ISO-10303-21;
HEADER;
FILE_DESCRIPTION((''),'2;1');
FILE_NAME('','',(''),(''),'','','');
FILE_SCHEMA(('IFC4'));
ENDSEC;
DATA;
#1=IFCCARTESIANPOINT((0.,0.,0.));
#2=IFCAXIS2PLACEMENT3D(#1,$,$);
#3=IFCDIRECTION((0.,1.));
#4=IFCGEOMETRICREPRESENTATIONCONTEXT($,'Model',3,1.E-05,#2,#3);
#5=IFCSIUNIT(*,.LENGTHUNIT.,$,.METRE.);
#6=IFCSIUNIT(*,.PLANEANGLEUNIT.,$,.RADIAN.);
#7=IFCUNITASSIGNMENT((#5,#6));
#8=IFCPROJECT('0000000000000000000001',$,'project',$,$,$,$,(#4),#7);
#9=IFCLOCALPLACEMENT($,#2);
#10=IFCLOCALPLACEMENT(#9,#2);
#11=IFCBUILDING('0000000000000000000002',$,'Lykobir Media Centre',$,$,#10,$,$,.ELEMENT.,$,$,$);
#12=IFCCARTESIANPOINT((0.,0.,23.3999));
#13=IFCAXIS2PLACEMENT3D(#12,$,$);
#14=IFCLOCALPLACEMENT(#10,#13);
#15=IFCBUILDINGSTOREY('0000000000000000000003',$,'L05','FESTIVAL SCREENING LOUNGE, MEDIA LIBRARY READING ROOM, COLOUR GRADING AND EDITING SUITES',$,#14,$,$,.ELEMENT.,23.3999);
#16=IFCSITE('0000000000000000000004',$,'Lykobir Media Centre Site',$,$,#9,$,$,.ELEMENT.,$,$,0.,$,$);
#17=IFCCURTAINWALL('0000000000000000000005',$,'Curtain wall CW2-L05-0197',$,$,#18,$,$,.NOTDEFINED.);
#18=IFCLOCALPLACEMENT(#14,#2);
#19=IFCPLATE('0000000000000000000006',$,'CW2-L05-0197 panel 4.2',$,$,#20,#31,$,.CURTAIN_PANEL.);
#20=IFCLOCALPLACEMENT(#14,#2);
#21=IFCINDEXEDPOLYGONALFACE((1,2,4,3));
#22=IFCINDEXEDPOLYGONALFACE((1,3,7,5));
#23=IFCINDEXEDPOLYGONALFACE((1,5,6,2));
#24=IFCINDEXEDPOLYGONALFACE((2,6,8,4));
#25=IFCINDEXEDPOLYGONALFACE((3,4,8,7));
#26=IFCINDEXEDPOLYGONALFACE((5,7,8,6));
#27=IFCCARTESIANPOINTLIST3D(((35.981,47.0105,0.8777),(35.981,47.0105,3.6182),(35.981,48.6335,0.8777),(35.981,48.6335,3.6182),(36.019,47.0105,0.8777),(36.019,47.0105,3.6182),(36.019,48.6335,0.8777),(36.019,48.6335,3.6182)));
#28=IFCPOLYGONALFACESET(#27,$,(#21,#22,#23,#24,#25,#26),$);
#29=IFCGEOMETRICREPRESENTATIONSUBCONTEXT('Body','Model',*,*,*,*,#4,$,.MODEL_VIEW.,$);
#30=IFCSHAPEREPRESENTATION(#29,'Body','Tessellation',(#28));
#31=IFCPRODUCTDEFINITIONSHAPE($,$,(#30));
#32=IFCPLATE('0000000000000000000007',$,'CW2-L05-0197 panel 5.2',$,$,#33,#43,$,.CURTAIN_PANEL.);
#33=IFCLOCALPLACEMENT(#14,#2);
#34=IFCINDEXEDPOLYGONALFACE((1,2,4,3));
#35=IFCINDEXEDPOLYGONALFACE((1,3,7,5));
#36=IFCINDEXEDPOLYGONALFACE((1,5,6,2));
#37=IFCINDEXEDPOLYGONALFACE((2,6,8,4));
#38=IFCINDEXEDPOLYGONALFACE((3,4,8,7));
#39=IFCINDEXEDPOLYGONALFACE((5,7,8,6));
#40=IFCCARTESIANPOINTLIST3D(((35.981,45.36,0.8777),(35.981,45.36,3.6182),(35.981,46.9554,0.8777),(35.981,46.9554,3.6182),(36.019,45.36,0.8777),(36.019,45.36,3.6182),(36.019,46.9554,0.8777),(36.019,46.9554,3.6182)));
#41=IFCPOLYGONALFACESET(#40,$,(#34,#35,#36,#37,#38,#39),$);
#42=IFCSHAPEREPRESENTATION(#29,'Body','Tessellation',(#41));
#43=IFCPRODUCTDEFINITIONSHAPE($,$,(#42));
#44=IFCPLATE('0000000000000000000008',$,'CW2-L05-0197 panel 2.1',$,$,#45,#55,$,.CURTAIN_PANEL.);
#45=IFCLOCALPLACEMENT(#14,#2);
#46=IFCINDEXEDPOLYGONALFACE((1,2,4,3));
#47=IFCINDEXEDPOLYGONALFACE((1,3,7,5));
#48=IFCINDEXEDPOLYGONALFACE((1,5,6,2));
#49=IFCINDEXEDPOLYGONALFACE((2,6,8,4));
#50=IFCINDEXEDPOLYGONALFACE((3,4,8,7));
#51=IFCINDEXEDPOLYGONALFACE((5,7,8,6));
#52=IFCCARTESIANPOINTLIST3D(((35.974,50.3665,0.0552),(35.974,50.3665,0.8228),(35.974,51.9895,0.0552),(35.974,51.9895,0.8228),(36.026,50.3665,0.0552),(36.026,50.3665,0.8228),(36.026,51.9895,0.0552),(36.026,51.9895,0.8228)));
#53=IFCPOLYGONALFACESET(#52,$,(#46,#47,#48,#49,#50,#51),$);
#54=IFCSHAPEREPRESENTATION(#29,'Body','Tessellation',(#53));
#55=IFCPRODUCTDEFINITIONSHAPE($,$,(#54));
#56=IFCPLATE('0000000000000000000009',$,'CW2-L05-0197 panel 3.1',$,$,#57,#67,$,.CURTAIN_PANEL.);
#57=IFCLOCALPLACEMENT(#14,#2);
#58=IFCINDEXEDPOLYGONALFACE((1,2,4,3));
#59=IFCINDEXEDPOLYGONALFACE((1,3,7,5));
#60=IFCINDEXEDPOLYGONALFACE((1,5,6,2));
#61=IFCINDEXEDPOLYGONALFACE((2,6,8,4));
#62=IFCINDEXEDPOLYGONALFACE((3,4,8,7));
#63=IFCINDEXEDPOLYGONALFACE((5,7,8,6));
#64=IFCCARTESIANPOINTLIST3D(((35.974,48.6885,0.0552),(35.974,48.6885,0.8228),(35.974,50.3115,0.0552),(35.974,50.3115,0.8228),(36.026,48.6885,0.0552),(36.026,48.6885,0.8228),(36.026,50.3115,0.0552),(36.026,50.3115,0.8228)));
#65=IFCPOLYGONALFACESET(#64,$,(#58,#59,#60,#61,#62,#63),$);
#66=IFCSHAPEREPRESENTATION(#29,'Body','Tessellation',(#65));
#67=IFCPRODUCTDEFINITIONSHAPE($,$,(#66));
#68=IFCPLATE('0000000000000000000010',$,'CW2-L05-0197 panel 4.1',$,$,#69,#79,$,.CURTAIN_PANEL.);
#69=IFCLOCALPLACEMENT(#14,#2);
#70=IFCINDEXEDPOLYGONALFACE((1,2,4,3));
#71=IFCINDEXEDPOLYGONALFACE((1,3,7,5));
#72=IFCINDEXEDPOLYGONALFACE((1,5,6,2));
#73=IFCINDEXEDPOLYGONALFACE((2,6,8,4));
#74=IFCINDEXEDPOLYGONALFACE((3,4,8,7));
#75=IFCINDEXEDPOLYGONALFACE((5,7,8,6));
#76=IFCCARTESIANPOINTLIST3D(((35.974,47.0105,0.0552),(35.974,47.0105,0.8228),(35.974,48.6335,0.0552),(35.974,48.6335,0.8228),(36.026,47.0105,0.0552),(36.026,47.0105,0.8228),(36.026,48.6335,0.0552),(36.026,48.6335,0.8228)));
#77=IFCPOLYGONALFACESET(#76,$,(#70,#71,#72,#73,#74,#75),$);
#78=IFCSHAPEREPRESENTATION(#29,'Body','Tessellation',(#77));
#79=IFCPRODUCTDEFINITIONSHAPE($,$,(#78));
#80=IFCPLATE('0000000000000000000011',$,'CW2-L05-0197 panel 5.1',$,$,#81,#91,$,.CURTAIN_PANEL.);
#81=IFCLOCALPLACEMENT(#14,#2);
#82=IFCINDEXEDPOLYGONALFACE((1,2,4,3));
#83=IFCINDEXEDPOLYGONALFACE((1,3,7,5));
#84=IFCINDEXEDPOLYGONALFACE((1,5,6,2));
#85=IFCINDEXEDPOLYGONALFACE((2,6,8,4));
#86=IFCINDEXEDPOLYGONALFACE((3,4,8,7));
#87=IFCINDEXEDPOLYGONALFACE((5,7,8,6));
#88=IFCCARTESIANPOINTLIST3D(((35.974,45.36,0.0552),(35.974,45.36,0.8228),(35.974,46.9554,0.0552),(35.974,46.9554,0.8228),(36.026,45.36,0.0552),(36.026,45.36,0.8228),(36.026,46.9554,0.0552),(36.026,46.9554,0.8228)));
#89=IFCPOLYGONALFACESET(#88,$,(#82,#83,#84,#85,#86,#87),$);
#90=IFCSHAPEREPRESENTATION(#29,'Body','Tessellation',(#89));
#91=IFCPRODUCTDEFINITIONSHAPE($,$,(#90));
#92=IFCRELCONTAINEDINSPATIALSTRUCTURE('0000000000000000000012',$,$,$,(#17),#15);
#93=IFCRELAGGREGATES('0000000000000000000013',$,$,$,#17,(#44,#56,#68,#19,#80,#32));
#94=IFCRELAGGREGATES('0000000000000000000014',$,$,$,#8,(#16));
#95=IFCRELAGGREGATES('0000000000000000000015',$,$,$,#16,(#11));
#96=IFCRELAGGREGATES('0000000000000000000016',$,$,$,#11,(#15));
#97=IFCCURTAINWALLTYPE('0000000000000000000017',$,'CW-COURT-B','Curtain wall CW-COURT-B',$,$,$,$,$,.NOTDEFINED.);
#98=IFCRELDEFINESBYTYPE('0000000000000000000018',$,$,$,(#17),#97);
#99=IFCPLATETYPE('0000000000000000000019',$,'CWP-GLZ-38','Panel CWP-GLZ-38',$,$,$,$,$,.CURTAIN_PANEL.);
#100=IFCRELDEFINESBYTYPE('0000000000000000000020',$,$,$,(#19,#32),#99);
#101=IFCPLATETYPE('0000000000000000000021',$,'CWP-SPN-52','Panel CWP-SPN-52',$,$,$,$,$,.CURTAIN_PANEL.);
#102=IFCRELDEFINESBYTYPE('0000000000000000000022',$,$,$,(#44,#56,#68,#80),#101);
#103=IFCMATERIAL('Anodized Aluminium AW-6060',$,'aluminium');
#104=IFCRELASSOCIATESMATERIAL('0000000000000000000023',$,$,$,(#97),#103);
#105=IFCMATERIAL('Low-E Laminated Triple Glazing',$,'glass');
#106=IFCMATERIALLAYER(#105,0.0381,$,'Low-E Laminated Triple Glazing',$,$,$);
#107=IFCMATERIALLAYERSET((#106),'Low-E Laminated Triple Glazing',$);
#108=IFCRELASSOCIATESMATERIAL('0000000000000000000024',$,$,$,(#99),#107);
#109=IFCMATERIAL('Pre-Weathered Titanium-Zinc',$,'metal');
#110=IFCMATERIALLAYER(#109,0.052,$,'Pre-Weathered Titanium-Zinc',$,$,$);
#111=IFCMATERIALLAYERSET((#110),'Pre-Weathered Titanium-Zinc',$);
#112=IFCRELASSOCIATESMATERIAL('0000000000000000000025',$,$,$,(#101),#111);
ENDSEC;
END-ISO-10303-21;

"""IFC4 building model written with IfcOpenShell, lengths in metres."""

from ifc_helpers import new_model, si_unit, direction, frame, origin, origin_2d, place, context, subcontext, project, spatial, rectangle, extrude, material, layer, layer_set, type_object, element, aggregate, save


model = new_model("IFC4")

# Units and contexts
model_context = context("Model", 3, precision=1e-05, world=origin(), true_north=direction((0.0, 1.0)))
body_context = subcontext(model_context, "Body", "Model", "MODEL_VIEW")
ifc_project = project(units=[si_unit("LENGTHUNIT", "METRE"), si_unit("PLANEANGLEUNIT", "RADIAN")], contexts=[model_context])

# Site, building, storey
site_placement = place(None, origin())
site = spatial("IfcSite", under=ifc_project, at=site_placement, Name="Lykobir Media Centre Site", CompositionType="ELEMENT", RefElevation=0.0)
building_placement = place(site_placement, origin())
building = spatial("IfcBuilding", under=site, at=building_placement, Name="Lykobir Media Centre", CompositionType="ELEMENT")
storey_placement = place(building_placement, frame((0.0, 0.0, 23.3999)))
storey = spatial("IfcBuildingStorey", under=building, at=storey_placement, Name="L05", Description="FESTIVAL SCREENING LOUNGE, MEDIA LIBRARY READING ROOM, COLOUR GRADING AND EDITING SUITES", CompositionType="ELEMENT", Elevation=23.3999)

# Shared definitions
ifc_material_1 = material(Name="Anodized Aluminium AW-6060", Category="aluminium")
curtain_wall_type = type_object("IfcCurtainWallType", Name="CW-COURT-B", Description="Curtain wall CW-COURT-B", PredefinedType="NOTDEFINED", material=ifc_material_1)

# Curtain wall
curtain_wall_1_placement = place(storey_placement, origin())
curtain_wall_1 = element("IfcCurtainWall", 1, at=curtain_wall_1_placement, inside=storey, type_object=curtain_wall_type, Name="Curtain wall CW2-L05-0197", PredefinedType="NOTDEFINED")

# Plates
ifc_material_2 = material(Name="Low-E Laminated Triple Glazing", Category="glass")
ifc_layer_1 = layer(ifc_material_2, 0.0381, Name="Low-E Laminated Triple Glazing")
ifc_layer_set_1 = layer_set([ifc_layer_1], Name="Low-E Laminated Triple Glazing")
plate_type_1 = type_object("IfcPlateType", Name="CWP-GLZ-38", Description="Panel CWP-GLZ-38", PredefinedType="CURTAIN_PANEL", material=ifc_layer_set_1)
plate_1_placement = place(storey_placement, frame((36.0, 47.822, 0.8777), z_axis=(0.0, 0.0, 1.0), x_axis=(0.0, -1.0, 0.0)))
plate_1 = element("IfcPlate", 2, at=plate_1_placement, type_object=plate_type_1, Name="CW2-L05-0197 panel 4.2", PredefinedType="CURTAIN_PANEL", context=body_context, shape_type="SweptSolid", body=[
    extrude(rectangle(XDim=1.623, YDim=0.0381, at=origin_2d()), origin(), (0.0, 0.0, 1.0), 2.7405),
])
plate_2_placement = place(storey_placement, frame((36.0, 46.1577, 0.8777), z_axis=(0.0, 0.0, 1.0), x_axis=(0.0, -1.0, 0.0)))
plate_2 = element("IfcPlate", 3, at=plate_2_placement, type_object=plate_type_1, Name="CW2-L05-0197 panel 5.2", PredefinedType="CURTAIN_PANEL", context=body_context, shape_type="SweptSolid", body=[
    extrude(rectangle(XDim=1.5955, YDim=0.0381, at=origin_2d()), origin(), (0.0, 0.0, 1.0), 2.7405),
])
ifc_material_3 = material(Name="Pre-Weathered Titanium-Zinc", Category="metal")
ifc_layer_2 = layer(ifc_material_3, 0.052, Name="Pre-Weathered Titanium-Zinc")
ifc_layer_set_2 = layer_set([ifc_layer_2], Name="Pre-Weathered Titanium-Zinc")
plate_type_2 = type_object("IfcPlateType", Name="CWP-SPN-52", Description="Panel CWP-SPN-52", PredefinedType="CURTAIN_PANEL", material=ifc_layer_set_2)
plate_3_placement = place(storey_placement, frame((36.0, 51.178, 0.0552), z_axis=(0.0, 0.0, 1.0), x_axis=(0.0, -1.0, 0.0)))
plate_3 = element("IfcPlate", 4, at=plate_3_placement, type_object=plate_type_2, Name="CW2-L05-0197 panel 2.1", PredefinedType="CURTAIN_PANEL", context=body_context, shape_type="SweptSolid", body=[
    extrude(rectangle(XDim=1.623, YDim=0.052, at=origin_2d()), origin(), (0.0, 0.0, 1.0), 0.7676),
])
plate_4_placement = place(storey_placement, frame((36.0, 49.5, 0.0552), z_axis=(0.0, 0.0, 1.0), x_axis=(0.0, -1.0, 0.0)))
plate_4 = element("IfcPlate", 5, at=plate_4_placement, type_object=plate_type_2, Name="CW2-L05-0197 panel 3.1", PredefinedType="CURTAIN_PANEL", context=body_context, shape_type="SweptSolid", body=[
    extrude(rectangle(XDim=1.623, YDim=0.052, at=origin_2d()), origin(), (0.0, 0.0, 1.0), 0.7676),
])
plate_5_placement = place(storey_placement, frame((36.0, 47.822, 0.0552), z_axis=(0.0, 0.0, 1.0), x_axis=(0.0, -1.0, 0.0)))
plate_5 = element("IfcPlate", 6, at=plate_5_placement, type_object=plate_type_2, Name="CW2-L05-0197 panel 4.1", PredefinedType="CURTAIN_PANEL", context=body_context, shape_type="SweptSolid", body=[
    extrude(rectangle(XDim=1.623, YDim=0.052, at=origin_2d()), origin(), (0.0, 0.0, 1.0), 0.7676),
])
plate_6_placement = place(storey_placement, frame((36.0, 46.1577, 0.0552), z_axis=(0.0, 0.0, 1.0), x_axis=(0.0, -1.0, 0.0)))
plate_6 = element("IfcPlate", 7, at=plate_6_placement, type_object=plate_type_2, Name="CW2-L05-0197 panel 5.1", PredefinedType="CURTAIN_PANEL", context=body_context, shape_type="SweptSolid", body=[
    extrude(rectangle(XDim=1.5955, YDim=0.052, at=origin_2d()), origin(), (0.0, 0.0, 1.0), 0.7676),
])
aggregate(curtain_wall_1, [plate_3, plate_4, plate_5, plate_1, plate_6, plate_2])

save(model, "model.ifc")
